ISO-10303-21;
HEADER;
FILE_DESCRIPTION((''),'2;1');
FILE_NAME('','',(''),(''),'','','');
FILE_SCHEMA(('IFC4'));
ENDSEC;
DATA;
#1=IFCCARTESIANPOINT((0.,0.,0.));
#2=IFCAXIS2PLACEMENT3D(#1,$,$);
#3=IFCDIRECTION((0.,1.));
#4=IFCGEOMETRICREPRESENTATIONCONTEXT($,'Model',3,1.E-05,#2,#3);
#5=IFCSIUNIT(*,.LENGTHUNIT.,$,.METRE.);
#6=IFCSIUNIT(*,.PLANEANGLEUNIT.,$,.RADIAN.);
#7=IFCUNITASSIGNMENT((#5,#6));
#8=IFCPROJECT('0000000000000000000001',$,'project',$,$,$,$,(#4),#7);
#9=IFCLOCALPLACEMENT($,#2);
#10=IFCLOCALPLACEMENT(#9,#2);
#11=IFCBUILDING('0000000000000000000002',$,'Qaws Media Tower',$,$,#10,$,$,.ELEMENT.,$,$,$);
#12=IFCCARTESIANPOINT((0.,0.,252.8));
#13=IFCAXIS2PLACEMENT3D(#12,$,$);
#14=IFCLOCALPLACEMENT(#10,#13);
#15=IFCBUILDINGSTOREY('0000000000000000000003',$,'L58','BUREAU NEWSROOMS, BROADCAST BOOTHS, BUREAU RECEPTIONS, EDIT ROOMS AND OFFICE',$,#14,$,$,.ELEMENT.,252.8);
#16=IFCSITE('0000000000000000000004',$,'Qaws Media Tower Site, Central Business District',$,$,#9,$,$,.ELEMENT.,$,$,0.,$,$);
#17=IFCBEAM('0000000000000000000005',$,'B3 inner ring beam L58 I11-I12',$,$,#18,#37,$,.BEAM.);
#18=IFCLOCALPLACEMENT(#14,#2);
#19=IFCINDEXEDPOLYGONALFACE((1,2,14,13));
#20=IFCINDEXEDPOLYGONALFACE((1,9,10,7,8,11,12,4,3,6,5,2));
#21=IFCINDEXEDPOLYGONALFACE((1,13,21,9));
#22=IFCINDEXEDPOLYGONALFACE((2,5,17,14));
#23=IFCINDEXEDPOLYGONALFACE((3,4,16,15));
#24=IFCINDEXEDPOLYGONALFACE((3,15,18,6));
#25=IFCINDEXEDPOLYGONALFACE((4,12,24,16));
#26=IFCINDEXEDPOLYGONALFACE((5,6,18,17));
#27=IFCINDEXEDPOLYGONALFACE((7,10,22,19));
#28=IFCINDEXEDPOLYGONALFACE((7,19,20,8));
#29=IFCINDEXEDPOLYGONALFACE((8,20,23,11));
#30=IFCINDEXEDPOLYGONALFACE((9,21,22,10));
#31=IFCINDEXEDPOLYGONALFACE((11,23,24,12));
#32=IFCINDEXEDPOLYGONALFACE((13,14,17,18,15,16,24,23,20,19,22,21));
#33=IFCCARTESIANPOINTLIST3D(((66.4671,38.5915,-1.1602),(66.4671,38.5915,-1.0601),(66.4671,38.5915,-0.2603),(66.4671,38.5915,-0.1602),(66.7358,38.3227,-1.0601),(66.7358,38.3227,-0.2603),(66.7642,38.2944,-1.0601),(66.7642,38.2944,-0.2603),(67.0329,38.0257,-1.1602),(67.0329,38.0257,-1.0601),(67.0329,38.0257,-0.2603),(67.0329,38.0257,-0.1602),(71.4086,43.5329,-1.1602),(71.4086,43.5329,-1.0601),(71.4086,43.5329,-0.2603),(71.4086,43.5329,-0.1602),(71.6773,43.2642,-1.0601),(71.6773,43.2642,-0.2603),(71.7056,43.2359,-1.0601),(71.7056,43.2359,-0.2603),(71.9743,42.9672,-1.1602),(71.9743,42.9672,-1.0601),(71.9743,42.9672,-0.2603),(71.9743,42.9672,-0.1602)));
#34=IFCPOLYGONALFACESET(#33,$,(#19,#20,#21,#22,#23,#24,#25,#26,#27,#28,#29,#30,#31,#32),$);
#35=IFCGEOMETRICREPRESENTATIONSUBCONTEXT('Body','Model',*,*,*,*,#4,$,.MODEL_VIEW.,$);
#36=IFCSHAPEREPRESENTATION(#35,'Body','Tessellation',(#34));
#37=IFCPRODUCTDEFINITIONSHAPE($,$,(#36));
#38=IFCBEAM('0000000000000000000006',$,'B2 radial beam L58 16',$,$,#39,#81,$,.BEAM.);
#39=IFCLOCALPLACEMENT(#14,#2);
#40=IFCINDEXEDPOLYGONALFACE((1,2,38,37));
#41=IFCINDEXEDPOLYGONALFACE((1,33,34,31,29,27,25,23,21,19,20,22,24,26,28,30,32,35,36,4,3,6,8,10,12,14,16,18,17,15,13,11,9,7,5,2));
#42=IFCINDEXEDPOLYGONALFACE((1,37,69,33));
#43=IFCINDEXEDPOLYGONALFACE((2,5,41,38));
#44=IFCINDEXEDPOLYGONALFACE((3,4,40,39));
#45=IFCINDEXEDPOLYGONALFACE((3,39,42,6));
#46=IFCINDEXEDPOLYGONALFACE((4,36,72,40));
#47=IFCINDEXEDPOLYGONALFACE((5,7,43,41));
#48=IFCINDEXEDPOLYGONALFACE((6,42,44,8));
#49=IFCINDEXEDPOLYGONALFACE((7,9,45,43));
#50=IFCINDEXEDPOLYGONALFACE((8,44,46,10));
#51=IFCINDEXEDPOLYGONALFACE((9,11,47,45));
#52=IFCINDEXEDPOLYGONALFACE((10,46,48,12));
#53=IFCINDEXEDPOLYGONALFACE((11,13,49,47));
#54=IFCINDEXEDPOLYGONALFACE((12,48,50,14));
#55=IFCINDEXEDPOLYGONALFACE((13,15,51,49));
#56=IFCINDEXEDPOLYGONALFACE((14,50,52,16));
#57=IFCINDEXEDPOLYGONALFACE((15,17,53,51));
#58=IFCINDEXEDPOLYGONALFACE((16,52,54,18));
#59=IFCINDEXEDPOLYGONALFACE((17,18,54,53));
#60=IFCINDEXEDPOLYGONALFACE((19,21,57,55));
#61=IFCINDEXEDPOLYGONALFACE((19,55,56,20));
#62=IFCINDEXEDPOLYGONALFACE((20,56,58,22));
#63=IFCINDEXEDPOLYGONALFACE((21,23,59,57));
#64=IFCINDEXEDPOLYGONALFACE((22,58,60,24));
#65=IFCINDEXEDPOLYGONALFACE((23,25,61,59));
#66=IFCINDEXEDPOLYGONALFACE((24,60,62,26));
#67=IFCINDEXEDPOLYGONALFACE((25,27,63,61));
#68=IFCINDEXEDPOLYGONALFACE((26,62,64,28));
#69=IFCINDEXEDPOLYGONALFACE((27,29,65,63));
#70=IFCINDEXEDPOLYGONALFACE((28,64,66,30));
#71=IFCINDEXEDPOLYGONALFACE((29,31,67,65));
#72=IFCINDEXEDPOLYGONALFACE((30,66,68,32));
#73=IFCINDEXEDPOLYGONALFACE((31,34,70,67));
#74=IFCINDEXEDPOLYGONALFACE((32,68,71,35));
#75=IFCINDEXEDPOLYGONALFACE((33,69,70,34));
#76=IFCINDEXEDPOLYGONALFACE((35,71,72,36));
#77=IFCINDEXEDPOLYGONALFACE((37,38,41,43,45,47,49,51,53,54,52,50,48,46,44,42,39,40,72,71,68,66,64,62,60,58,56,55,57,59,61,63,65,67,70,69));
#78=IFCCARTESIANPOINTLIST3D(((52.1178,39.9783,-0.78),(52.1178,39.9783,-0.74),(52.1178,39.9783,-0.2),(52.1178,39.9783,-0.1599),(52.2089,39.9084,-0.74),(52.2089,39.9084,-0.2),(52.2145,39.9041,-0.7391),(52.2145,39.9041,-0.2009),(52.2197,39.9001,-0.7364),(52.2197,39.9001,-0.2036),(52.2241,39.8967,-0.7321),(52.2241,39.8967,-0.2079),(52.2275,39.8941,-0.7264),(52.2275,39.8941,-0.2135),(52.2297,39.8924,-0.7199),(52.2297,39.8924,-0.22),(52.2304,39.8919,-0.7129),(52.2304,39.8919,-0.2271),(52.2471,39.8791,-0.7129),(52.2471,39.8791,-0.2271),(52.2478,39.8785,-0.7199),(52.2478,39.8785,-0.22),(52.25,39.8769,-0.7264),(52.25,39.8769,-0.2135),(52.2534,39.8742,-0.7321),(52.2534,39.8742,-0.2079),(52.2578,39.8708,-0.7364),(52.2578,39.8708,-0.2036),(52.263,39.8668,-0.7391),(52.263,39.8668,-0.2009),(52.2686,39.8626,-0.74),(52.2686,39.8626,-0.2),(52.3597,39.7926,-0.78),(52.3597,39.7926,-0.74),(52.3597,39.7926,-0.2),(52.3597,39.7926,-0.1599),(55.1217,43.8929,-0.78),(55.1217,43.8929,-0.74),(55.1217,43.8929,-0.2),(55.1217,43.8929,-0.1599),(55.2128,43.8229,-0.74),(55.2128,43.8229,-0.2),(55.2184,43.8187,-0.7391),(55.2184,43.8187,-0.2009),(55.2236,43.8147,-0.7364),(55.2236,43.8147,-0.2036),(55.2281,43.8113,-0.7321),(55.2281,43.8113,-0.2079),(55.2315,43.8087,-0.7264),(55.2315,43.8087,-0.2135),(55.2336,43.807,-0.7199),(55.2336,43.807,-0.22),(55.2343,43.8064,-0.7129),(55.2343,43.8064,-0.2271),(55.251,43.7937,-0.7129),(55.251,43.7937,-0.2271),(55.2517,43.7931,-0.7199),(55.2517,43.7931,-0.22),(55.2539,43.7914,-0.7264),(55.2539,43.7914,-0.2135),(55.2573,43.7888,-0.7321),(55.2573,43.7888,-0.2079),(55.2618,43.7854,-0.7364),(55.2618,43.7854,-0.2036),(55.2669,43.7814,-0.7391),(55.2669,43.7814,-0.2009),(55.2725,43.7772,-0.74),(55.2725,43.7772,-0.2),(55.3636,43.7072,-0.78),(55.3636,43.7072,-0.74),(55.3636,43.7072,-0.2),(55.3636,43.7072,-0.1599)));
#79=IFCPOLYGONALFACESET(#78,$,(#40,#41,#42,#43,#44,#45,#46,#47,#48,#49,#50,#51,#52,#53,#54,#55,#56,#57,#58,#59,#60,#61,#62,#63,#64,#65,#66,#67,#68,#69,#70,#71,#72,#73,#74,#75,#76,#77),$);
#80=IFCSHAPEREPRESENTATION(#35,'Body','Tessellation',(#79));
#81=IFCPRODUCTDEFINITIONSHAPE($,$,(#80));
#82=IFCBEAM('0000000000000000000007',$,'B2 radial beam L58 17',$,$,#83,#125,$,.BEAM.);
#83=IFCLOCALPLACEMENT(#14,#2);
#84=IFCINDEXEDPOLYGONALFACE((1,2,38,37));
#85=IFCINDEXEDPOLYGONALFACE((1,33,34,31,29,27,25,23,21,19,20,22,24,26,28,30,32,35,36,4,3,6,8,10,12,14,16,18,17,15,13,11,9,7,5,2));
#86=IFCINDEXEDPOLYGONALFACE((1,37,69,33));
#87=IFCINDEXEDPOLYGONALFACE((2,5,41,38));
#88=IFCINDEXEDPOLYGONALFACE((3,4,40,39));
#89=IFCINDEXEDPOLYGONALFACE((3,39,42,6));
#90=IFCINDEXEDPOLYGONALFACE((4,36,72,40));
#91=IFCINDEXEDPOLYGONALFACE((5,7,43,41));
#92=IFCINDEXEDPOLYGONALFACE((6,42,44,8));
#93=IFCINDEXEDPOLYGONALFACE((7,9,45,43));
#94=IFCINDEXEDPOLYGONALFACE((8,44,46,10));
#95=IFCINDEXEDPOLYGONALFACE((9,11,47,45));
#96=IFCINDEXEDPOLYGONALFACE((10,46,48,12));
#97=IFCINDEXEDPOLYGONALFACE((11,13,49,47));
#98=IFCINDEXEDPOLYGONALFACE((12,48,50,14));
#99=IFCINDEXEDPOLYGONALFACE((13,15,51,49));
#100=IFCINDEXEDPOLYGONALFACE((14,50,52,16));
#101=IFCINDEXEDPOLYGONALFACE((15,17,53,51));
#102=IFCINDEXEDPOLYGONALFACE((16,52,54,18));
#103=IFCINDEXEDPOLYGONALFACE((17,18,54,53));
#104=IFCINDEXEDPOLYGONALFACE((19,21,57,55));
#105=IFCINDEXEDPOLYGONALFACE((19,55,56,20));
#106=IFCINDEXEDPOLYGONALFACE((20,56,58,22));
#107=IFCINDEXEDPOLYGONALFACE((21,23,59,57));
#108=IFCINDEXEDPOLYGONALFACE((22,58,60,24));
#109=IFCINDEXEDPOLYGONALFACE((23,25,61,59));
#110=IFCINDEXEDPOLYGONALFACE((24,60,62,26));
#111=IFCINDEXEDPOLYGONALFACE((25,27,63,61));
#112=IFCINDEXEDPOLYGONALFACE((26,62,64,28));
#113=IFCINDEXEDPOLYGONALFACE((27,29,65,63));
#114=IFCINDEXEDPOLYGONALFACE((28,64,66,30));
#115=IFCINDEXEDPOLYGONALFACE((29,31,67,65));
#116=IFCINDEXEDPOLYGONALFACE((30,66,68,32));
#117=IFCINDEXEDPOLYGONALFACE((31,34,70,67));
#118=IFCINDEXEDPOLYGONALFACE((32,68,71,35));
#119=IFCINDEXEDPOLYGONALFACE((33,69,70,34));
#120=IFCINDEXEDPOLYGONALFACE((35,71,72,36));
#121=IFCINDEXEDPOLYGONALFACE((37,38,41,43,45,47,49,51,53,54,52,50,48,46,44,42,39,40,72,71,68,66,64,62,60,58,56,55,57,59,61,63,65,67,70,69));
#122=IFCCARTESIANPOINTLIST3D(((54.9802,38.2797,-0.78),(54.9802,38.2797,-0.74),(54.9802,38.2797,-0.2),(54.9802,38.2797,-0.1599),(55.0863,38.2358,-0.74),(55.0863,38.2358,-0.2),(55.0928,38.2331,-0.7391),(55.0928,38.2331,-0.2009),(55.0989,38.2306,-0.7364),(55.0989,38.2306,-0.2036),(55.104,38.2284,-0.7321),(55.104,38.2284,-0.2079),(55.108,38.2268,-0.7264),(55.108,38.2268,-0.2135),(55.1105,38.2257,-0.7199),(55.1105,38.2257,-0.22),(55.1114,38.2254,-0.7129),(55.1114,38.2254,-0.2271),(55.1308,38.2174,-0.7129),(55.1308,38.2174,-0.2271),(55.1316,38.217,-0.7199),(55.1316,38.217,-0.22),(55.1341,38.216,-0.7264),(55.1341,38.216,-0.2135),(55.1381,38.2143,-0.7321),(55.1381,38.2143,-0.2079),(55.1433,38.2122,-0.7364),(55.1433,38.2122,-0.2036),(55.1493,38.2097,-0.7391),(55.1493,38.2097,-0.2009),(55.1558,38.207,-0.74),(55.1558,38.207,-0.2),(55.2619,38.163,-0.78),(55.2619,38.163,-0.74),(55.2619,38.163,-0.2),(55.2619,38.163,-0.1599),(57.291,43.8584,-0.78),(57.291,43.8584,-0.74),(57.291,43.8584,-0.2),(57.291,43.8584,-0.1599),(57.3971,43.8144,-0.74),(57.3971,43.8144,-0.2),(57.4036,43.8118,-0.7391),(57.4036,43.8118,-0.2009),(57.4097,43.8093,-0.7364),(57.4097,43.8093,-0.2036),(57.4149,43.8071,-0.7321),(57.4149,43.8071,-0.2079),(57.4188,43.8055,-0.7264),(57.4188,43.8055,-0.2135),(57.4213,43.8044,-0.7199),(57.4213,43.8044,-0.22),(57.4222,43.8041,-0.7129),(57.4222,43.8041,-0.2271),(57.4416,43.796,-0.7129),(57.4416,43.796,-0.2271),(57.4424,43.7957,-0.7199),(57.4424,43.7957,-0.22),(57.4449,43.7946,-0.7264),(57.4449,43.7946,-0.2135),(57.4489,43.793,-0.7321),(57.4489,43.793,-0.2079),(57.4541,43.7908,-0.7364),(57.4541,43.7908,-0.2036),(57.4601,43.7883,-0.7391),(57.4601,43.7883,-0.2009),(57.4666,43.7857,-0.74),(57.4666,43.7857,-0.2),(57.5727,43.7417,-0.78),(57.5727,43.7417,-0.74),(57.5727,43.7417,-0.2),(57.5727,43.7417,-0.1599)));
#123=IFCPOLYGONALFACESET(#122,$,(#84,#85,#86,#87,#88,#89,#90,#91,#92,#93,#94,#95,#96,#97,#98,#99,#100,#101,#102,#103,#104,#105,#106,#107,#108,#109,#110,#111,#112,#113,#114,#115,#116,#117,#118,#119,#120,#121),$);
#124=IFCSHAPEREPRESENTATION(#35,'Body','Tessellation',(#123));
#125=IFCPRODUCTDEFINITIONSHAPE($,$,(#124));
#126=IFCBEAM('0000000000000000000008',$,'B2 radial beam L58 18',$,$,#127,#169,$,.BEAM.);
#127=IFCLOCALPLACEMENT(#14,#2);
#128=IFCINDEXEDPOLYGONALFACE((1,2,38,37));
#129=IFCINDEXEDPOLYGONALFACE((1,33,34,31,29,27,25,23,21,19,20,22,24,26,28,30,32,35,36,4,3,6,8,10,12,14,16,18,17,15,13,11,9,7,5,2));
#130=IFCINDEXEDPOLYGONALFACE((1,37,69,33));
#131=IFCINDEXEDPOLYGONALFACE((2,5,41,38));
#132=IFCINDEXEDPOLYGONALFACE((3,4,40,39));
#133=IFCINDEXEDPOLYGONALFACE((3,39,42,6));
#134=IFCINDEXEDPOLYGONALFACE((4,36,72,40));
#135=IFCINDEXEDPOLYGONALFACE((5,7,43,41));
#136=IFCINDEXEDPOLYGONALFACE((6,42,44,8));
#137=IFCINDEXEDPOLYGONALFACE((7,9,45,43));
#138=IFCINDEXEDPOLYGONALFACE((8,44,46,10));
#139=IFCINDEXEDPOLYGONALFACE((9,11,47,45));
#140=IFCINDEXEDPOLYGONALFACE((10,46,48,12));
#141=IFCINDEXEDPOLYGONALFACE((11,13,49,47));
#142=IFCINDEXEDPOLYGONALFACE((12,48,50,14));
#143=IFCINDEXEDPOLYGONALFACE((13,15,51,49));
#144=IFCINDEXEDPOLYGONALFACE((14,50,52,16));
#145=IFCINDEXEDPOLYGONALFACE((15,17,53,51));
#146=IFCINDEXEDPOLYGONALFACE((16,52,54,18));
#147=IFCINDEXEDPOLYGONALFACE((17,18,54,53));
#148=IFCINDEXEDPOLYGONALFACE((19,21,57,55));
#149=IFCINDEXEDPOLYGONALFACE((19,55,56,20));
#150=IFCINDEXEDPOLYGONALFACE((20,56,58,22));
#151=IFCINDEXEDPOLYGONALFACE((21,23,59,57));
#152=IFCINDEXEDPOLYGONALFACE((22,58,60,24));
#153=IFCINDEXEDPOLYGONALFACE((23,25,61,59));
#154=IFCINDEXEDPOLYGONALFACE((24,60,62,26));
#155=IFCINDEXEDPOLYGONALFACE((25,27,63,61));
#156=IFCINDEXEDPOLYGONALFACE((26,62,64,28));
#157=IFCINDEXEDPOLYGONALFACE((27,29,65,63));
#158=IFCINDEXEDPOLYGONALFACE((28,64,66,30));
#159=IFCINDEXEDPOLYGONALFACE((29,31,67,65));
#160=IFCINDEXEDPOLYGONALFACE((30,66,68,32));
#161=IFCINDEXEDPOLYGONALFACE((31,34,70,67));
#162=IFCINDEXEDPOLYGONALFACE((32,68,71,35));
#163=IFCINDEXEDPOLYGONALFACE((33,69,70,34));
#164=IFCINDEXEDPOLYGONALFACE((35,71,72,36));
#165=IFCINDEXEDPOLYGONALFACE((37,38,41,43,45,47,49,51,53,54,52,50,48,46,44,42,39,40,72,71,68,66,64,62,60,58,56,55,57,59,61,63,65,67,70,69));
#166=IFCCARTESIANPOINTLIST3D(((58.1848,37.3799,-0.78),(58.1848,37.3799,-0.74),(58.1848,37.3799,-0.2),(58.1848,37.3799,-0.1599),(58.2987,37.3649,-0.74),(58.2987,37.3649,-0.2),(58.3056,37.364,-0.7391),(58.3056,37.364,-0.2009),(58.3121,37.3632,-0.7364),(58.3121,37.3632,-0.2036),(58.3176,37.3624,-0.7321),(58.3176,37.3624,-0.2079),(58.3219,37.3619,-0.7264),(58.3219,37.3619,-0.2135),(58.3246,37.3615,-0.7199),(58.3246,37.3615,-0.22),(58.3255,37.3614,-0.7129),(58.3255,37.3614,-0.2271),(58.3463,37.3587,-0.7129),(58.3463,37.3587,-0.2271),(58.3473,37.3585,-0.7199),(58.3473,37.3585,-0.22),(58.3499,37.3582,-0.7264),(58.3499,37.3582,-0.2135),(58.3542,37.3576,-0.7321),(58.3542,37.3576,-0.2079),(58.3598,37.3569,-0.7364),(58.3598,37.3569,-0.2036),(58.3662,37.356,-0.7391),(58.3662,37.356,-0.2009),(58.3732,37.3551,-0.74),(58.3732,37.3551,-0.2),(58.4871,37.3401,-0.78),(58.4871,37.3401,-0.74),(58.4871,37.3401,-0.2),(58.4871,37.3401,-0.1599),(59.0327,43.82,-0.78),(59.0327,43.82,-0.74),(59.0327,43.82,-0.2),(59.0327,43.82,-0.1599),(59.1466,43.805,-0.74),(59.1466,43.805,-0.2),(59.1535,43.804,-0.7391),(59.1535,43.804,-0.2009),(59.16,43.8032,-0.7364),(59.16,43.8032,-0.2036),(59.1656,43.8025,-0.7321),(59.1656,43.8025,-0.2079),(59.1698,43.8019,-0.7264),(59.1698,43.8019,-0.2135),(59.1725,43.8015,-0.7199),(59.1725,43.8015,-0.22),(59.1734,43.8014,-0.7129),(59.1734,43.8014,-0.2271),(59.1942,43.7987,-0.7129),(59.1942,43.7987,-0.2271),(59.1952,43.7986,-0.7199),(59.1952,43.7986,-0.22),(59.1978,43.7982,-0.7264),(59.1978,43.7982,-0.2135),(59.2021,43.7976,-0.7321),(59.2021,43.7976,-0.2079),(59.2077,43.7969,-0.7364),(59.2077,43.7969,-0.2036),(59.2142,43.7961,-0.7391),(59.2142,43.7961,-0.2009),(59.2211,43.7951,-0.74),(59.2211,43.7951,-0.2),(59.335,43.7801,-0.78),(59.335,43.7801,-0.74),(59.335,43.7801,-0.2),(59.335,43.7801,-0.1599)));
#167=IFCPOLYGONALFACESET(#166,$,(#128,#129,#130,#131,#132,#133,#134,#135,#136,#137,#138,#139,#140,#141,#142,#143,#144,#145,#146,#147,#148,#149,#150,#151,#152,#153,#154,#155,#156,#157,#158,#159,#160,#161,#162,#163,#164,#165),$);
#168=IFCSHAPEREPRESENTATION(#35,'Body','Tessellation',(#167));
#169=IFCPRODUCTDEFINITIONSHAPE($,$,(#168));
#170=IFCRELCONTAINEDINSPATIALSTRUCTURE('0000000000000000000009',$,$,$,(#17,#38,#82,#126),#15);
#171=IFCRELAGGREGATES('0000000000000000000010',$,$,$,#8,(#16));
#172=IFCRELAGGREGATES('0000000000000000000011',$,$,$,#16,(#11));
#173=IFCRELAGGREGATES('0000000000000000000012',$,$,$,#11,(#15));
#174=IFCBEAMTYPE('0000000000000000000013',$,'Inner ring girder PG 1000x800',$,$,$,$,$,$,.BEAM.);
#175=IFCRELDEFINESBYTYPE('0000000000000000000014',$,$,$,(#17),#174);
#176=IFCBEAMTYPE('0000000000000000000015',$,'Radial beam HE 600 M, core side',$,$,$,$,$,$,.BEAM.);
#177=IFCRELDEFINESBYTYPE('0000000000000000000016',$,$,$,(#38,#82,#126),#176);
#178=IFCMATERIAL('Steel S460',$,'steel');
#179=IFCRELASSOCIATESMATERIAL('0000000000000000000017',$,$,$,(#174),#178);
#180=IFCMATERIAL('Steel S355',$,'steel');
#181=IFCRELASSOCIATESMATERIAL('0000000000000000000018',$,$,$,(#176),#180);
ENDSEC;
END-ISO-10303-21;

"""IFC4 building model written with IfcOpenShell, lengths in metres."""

from ifc_helpers import new_model, si_unit, direction, frame, origin, origin_2d, place, context, subcontext, project, spatial, i_section, extrude, material, material_profile, profile_set, type_object, element, save


model = new_model("IFC4")

# Units and contexts
model_context = context("Model", 3, precision=1e-05, world=origin(), true_north=direction((0.0, 1.0)))
body_context = subcontext(model_context, "Body", "Model", "MODEL_VIEW")
ifc_project = project(units=[si_unit("LENGTHUNIT", "METRE"), si_unit("PLANEANGLEUNIT", "RADIAN")], contexts=[model_context])

# Site, building, storey
site_placement = place(None, origin())
site = spatial("IfcSite", under=ifc_project, at=site_placement, Name="Qaws Media Tower Site, Central Business District", CompositionType="ELEMENT", RefElevation=0.0)
building_placement = place(site_placement, origin())
building = spatial("IfcBuilding", under=site, at=building_placement, Name="Qaws Media Tower", CompositionType="ELEMENT")
storey_placement = place(building_placement, frame((0.0, 0.0, 252.8)))
storey = spatial("IfcBuildingStorey", under=building, at=storey_placement, Name="L58", Description="BUREAU NEWSROOMS, BROADCAST BOOTHS, BUREAU RECEPTIONS, EDIT ROOMS AND OFFICE", CompositionType="ELEMENT", Elevation=252.8)

# Beams
ifc_material_1 = material(Name="Steel S460", Category="steel")
ifc_material_profile_1 = material_profile(ifc_material_1, i_section(OverallWidth=0.8, OverallDepth=1.0, WebThickness=0.04, FlangeThickness=0.1001, at=origin_2d()), Name="PG 1000x800")
ifc_profile_set_1 = profile_set([ifc_material_profile_1], Name="Steel S460")
beam_type_1 = type_object("IfcBeamType", Name="Inner ring girder PG 1000x800", PredefinedType="BEAM", material=ifc_profile_set_1)
beam_1_placement = place(storey_placement, frame((66.75, 38.3086, -0.6602), z_axis=(0.707107, 0.707107, 0.0), x_axis=(-0.707107, 0.707107, 0.0)))
element("IfcBeam", 1, at=beam_1_placement, inside=storey, type_object=beam_type_1, Name="B3 inner ring beam L58 I11-I12", PredefinedType="BEAM", context=body_context, shape_type="SweptSolid", body=[
    extrude(i_section(OverallWidth=0.8, OverallDepth=1.0, WebThickness=0.04, FlangeThickness=0.1001, at=origin_2d()), origin(), (0.0, 0.0, 1.0), 6.9883),
])
ifc_material_2 = material(Name="Steel S355", Category="steel")
ifc_material_profile_2 = material_profile(ifc_material_2, i_section(OverallWidth=0.3049, OverallDepth=0.6201, WebThickness=0.021, FlangeThickness=0.04, FilletRadius=0.0271, at=origin_2d()), Name="HE 600 M")
ifc_profile_set_2 = profile_set([ifc_material_profile_2], Name="Steel S355")
beam_type_2 = type_object("IfcBeamType", Name="Radial beam HE 600 M, core side", PredefinedType="BEAM", material=ifc_profile_set_2)
beam_2_placement = place(storey_placement, frame((55.2427, 43.8, -0.47), z_axis=(-0.608783, -0.793337, 0.0), x_axis=(0.793337, -0.608783, 0.0)))
element("IfcBeam", 2, at=beam_2_placement, inside=storey, type_object=beam_type_2, Name="B2 radial beam L58 16", PredefinedType="BEAM", context=body_context, shape_type="SweptSolid", body=[
    extrude(i_section(OverallWidth=0.3049, OverallDepth=0.6201, WebThickness=0.021, FlangeThickness=0.04, FilletRadius=0.0271, at=origin_2d()), origin(), (0.0, 0.0, 1.0), 4.9343),
])
beam_3_placement = place(storey_placement, frame((57.4319, 43.8, -0.47), z_axis=(-0.382691, -0.923876, 0.0), x_axis=(0.923876, -0.382691, 0.0)))
element("IfcBeam", 3, at=beam_3_placement, inside=storey, type_object=beam_type_2, Name="B2 radial beam L58 17", PredefinedType="BEAM", context=body_context, shape_type="SweptSolid", body=[
    extrude(i_section(OverallWidth=0.3049, OverallDepth=0.6201, WebThickness=0.021, FlangeThickness=0.04, FilletRadius=0.0271, at=origin_2d()), origin(), (0.0, 0.0, 1.0), 6.0383),
])
for number, where, z_axis, x_axis, name in (
    (4, (59.1838, 43.8, -0.47), (-0.130536, -0.991444, 0.0), (0.991444, -0.130536, 0.0), "B2 radial beam L58 18"),
):
    element("IfcBeam", number, at=place(storey_placement, frame(where, z_axis=z_axis, x_axis=x_axis)), inside=storey, type_object=beam_type_2, Name=name, PredefinedType="BEAM", context=body_context, shape_type="SweptSolid", body=[
        extrude(i_section(OverallWidth=0.3049, OverallDepth=0.6201, WebThickness=0.021, FlangeThickness=0.04, FilletRadius=0.0271, at=origin_2d()), origin(), (0.0, 0.0, 1.0), 6.4956),
    ])

save(model, "model.ifc")
